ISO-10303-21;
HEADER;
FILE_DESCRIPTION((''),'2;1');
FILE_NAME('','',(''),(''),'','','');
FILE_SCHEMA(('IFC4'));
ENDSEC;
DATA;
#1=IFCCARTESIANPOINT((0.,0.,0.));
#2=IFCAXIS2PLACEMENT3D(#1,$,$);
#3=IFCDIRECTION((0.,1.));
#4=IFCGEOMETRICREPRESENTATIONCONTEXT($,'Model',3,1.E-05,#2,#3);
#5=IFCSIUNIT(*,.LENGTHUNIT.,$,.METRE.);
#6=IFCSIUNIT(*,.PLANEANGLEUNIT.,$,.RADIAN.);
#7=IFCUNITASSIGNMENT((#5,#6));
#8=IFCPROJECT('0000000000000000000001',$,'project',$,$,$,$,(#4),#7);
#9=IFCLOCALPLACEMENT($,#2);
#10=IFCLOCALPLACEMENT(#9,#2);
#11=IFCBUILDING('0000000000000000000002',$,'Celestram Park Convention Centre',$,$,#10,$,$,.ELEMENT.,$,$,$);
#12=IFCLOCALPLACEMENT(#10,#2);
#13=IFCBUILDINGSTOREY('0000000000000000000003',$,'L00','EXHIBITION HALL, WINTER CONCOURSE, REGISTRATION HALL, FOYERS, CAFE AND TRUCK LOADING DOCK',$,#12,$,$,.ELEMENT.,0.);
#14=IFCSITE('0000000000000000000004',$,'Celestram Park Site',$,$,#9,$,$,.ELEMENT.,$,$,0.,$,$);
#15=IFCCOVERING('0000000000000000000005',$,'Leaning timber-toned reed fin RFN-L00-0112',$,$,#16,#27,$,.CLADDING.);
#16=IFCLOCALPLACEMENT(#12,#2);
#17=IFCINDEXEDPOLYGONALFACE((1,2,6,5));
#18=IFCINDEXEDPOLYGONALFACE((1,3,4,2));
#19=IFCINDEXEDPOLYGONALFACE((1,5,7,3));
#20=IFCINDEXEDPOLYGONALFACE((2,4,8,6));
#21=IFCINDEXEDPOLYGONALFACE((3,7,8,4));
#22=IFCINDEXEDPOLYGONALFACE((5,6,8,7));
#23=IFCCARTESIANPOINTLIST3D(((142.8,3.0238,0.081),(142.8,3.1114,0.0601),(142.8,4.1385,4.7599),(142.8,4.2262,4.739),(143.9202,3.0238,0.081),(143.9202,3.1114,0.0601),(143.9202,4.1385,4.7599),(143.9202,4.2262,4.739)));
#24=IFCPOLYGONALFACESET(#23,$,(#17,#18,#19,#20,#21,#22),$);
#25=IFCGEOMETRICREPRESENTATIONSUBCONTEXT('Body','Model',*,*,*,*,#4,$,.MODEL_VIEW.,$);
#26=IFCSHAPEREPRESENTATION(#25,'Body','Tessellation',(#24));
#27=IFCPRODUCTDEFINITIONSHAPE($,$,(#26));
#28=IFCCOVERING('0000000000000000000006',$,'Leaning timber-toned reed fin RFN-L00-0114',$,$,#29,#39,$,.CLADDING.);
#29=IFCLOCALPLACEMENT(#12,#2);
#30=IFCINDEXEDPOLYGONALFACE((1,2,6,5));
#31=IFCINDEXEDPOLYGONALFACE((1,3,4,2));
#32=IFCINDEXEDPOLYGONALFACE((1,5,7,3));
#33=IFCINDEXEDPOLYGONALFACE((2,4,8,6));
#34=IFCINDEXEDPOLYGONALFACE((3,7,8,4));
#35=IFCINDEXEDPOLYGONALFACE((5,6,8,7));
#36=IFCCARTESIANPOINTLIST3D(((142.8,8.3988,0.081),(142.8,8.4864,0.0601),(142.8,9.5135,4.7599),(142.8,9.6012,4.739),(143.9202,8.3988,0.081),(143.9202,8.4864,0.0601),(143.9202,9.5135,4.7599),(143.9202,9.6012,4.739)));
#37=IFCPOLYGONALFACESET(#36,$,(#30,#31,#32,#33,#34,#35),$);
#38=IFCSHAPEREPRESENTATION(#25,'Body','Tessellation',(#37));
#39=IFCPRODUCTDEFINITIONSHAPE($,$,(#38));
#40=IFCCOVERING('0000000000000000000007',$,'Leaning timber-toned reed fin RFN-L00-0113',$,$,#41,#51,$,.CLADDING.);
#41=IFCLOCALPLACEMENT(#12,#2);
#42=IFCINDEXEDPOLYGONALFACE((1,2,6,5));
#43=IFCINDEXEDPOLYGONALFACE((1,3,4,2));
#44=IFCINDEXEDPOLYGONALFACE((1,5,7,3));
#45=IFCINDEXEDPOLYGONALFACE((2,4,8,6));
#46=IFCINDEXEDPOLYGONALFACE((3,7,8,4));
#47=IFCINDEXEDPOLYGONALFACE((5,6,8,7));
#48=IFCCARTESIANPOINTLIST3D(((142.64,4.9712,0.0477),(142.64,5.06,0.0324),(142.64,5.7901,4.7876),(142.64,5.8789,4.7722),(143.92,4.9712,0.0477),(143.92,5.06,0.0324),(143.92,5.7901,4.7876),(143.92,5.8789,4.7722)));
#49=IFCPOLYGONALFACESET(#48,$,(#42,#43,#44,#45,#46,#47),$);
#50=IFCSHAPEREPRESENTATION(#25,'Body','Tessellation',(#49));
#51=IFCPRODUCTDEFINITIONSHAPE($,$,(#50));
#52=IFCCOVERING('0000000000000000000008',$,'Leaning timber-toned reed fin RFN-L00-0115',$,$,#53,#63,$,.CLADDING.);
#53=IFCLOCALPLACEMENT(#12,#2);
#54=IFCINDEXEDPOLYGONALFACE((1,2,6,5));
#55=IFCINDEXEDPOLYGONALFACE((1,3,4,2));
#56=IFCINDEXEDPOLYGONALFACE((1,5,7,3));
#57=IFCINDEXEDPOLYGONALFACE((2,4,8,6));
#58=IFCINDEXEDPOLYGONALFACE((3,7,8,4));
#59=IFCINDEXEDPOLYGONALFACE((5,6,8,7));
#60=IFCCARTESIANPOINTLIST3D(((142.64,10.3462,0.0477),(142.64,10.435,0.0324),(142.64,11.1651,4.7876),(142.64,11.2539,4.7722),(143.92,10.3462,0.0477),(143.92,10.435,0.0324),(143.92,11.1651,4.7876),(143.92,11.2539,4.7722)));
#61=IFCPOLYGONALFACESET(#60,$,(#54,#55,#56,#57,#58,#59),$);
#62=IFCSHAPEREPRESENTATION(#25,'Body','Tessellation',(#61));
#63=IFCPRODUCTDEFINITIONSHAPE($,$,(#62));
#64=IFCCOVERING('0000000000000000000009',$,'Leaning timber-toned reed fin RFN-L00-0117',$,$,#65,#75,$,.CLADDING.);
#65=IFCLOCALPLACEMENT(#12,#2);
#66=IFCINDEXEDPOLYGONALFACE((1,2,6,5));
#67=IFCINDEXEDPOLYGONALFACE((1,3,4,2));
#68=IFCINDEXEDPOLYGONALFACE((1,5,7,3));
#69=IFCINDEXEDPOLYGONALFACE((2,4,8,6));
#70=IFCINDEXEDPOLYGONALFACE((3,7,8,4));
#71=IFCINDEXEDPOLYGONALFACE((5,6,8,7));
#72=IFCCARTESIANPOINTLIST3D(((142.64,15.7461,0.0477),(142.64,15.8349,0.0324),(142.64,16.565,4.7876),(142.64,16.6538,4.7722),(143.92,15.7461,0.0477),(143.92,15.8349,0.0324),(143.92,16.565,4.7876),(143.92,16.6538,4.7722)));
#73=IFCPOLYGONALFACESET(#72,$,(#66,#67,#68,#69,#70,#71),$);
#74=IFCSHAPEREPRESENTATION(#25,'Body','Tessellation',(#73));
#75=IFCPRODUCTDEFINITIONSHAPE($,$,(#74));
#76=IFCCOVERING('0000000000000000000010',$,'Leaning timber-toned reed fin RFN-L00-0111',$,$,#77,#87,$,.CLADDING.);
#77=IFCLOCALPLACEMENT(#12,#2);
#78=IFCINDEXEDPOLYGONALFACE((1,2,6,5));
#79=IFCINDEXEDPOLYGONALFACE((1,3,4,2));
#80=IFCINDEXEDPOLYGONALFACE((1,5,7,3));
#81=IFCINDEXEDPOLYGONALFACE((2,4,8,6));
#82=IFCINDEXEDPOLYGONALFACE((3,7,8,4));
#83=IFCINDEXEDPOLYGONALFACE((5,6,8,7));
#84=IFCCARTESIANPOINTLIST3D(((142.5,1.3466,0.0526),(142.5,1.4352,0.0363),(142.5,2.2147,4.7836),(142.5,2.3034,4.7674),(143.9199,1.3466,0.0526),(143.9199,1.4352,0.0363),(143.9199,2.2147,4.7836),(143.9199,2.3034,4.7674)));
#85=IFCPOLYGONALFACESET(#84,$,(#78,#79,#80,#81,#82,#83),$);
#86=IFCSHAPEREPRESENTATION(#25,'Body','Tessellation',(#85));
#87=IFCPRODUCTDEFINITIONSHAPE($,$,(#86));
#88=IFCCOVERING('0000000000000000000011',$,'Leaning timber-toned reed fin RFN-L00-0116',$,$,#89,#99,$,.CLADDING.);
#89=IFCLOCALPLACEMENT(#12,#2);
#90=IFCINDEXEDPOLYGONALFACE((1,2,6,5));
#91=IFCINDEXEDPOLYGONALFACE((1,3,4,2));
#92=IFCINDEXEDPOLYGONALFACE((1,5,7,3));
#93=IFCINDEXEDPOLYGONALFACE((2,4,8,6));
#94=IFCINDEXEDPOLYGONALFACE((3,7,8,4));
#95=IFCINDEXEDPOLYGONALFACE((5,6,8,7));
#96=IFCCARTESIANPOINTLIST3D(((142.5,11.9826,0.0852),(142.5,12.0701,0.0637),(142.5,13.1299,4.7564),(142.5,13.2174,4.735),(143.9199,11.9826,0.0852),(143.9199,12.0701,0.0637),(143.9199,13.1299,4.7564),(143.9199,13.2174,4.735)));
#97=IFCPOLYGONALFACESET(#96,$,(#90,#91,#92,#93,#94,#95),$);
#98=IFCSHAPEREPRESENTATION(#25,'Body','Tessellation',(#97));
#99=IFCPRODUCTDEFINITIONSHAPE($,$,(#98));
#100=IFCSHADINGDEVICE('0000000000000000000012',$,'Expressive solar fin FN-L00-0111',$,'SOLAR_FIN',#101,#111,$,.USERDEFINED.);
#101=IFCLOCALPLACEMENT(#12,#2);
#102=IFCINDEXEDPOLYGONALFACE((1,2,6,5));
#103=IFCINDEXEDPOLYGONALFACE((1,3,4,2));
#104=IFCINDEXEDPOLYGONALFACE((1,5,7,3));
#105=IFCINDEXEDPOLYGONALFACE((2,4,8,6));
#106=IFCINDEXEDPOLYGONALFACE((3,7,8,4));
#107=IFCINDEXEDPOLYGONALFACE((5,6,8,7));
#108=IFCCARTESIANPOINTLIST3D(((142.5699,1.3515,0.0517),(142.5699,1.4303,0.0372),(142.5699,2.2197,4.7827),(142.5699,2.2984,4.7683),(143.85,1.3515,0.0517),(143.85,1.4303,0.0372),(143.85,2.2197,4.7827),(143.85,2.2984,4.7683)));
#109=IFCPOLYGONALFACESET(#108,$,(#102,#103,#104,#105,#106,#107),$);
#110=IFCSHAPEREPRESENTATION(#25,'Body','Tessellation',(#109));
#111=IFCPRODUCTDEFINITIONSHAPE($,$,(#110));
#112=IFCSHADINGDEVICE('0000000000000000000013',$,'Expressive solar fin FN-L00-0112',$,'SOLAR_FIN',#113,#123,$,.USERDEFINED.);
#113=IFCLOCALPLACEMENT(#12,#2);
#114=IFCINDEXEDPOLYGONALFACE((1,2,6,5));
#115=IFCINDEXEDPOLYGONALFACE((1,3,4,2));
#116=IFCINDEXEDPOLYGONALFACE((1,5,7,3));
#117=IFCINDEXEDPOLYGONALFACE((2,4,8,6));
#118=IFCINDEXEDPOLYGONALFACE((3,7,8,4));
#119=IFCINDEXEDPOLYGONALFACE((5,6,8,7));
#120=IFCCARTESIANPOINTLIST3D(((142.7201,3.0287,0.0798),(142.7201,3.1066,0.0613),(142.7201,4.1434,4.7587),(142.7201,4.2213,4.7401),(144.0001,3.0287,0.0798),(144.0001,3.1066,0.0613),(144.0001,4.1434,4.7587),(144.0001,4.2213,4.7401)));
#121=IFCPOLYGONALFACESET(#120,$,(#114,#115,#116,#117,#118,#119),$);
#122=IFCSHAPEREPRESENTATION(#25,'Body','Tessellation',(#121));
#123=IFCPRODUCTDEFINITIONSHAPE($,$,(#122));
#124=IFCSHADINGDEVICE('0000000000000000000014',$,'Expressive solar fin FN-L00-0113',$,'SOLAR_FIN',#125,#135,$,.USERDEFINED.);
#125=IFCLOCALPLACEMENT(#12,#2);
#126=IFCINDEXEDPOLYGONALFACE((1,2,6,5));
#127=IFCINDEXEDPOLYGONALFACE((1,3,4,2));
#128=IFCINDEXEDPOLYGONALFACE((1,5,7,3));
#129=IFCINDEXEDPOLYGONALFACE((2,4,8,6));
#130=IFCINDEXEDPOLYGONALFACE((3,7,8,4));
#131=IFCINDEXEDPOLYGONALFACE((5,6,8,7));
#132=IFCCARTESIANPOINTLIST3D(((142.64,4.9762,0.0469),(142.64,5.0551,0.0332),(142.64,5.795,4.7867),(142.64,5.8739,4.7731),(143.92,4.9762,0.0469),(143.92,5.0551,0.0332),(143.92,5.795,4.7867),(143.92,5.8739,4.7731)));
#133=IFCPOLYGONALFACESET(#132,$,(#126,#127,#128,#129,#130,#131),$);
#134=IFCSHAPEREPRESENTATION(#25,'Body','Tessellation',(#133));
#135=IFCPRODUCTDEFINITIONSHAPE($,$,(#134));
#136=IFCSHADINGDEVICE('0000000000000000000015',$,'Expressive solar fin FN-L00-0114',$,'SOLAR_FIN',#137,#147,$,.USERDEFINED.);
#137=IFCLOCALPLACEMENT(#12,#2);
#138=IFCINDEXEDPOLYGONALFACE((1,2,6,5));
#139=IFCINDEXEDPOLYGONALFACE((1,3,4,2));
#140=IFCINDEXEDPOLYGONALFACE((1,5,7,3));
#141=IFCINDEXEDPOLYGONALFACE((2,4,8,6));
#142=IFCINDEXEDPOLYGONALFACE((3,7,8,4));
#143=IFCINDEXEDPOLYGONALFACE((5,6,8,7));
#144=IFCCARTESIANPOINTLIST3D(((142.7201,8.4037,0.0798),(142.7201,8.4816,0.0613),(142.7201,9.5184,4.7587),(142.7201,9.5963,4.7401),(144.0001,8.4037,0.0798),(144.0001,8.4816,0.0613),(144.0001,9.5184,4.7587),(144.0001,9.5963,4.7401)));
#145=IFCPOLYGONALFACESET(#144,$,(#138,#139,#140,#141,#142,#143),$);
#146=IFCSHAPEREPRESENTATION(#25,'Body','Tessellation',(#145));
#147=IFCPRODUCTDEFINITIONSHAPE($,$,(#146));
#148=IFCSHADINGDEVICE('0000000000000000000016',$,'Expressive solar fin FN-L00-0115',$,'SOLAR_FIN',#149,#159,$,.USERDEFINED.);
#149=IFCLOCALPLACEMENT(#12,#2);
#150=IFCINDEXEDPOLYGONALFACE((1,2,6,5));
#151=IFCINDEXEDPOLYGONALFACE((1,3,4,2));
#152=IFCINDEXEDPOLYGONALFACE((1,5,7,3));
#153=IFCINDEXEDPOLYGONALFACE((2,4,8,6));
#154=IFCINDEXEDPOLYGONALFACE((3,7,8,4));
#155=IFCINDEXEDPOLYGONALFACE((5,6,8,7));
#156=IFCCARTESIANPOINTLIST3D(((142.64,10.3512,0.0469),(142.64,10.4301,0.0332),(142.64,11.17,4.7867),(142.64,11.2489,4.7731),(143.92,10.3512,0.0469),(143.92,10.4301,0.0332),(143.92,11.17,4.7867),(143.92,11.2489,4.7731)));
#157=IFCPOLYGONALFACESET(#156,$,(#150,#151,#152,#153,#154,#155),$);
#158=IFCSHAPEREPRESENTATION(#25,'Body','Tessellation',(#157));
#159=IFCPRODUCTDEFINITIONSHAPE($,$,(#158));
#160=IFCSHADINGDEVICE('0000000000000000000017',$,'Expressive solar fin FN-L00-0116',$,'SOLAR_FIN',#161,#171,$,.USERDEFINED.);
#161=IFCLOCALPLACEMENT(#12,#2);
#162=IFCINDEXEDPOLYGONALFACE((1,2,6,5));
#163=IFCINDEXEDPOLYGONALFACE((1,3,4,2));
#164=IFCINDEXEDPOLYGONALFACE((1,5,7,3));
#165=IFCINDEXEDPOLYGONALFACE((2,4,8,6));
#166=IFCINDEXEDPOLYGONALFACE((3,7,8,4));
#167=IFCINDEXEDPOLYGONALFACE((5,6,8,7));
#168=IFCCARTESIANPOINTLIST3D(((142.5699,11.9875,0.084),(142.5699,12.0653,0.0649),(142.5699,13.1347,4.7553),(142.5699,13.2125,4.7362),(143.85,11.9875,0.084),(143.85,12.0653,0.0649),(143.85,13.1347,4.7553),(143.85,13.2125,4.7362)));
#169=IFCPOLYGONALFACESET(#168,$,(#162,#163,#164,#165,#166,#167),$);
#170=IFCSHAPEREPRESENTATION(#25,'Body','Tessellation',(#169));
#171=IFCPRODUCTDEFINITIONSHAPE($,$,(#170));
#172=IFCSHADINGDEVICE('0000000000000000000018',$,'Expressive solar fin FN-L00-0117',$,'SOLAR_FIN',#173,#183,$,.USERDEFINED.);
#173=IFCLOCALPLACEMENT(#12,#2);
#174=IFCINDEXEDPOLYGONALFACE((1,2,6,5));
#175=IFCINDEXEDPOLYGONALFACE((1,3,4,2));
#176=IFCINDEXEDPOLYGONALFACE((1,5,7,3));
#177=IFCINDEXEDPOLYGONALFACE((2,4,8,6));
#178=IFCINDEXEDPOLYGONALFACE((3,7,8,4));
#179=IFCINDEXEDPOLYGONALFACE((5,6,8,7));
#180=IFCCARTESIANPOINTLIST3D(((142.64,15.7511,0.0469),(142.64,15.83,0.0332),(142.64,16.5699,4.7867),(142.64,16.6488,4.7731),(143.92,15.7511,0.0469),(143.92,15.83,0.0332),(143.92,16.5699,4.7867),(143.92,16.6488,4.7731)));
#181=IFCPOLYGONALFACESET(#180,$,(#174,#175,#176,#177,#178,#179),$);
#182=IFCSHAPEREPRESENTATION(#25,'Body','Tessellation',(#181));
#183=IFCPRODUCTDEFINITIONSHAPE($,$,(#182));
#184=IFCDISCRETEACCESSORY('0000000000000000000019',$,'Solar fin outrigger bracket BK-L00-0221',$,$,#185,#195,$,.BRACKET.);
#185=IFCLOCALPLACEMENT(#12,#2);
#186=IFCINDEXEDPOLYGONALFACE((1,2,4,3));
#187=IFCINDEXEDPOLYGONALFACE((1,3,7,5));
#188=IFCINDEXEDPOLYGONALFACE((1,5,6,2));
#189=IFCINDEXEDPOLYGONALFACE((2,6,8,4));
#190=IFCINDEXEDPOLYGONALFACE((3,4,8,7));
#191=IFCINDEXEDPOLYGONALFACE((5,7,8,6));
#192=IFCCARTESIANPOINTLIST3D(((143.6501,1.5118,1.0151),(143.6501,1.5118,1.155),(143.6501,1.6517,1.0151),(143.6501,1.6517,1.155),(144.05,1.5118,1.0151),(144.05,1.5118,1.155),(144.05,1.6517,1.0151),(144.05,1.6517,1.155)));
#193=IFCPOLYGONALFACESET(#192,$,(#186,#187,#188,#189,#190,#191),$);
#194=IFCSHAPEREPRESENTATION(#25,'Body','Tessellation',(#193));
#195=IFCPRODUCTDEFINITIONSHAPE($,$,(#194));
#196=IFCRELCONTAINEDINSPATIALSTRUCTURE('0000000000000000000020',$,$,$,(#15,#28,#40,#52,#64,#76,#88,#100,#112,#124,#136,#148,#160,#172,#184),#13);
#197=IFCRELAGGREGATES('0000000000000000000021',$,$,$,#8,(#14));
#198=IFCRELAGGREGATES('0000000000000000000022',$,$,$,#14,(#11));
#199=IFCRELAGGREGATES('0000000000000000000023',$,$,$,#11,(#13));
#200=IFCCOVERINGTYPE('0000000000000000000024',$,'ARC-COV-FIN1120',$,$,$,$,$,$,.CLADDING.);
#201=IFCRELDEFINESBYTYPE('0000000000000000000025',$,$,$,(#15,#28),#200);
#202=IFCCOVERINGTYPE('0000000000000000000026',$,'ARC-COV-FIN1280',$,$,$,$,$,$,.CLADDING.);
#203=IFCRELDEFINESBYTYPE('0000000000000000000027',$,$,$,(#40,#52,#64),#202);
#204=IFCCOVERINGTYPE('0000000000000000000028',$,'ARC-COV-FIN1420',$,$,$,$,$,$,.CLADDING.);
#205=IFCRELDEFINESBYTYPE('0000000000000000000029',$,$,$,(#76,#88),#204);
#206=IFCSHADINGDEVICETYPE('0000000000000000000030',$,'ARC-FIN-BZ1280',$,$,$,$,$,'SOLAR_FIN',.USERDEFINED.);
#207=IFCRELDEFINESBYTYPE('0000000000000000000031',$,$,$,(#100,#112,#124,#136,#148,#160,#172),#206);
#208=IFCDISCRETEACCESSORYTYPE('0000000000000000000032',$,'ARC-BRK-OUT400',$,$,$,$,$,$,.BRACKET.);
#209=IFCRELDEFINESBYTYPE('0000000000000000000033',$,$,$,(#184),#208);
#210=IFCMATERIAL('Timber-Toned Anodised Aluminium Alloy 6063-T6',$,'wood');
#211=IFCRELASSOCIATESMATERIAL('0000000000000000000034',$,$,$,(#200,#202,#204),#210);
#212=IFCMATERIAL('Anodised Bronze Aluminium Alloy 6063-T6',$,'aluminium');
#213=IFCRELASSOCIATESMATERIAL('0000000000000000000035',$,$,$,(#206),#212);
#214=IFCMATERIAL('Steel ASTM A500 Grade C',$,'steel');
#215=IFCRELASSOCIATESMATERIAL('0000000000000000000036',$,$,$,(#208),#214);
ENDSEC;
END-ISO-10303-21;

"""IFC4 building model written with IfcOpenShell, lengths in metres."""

from ifc_helpers import new_model, si_unit, direction, frame, origin, origin_2d, place, context, subcontext, project, spatial, rectangle, extrude, material, material_profile, profile_set, type_object, element, save


model = new_model("IFC4")

# Units and contexts
model_context = context("Model", 3, precision=1e-05, world=origin(), true_north=direction((0.0, 1.0)))
body_context = subcontext(model_context, "Body", "Model", "MODEL_VIEW")
ifc_project = project(units=[si_unit("LENGTHUNIT", "METRE"), si_unit("PLANEANGLEUNIT", "RADIAN")], contexts=[model_context])

# Site, building, storey
site_placement = place(None, origin())
site = spatial("IfcSite", under=ifc_project, at=site_placement, Name="Celestram Park Site", CompositionType="ELEMENT", RefElevation=0.0)
building_placement = place(site_placement, origin())
building = spatial("IfcBuilding", under=site, at=building_placement, Name="Celestram Park Convention Centre", CompositionType="ELEMENT")
storey_placement = place(building_placement, origin())
storey = spatial("IfcBuildingStorey", under=building, at=storey_placement, Name="L00", Description="EXHIBITION HALL, WINTER CONCOURSE, REGISTRATION HALL, FOYERS, CAFE AND TRUCK LOADING DOCK", CompositionType="ELEMENT", Elevation=0.0)

# Coverings
ifc_material_1 = material(Name="Timber-Toned Anodised Aluminium Alloy 6063-T6", Category="wood")
ifc_material_profile_1 = material_profile(ifc_material_1, rectangle(XDim=1.1201, YDim=0.0901, at=origin_2d()), Name="REED1120X90")
ifc_profile_set_1 = profile_set([ifc_material_profile_1], Name="Timber-Toned Anodised Aluminium Alloy 6063-T6")
covering_type_1 = type_object("IfcCoveringType", Name="ARC-COV-FIN1120", PredefinedType="CLADDING", material=ifc_profile_set_1)
for number, where, z_axis, x_axis, name in (
    (1, (143.3601, 3.0676, 0.0706), (0.0, 0.23176, 0.972773), (-1.0, 0.0, 0.0), "Leaning timber-toned reed fin RFN-L00-0112"),
    (2, (143.3601, 8.4426, 0.0706), (0.0, 0.23176, 0.972773), (-1.0, 0.0, 0.0), "Leaning timber-toned reed fin RFN-L00-0114"),
):
    element("IfcCovering", number, at=place(storey_placement, frame(where, z_axis=z_axis, x_axis=x_axis)), inside=storey, type_object=covering_type_1, Name=name, PredefinedType="CLADDING", context=body_context, shape_type="SweptSolid", body=[
        extrude(rectangle(XDim=1.1201, YDim=0.0901, at=origin_2d()), origin(), (0.0, 0.0, 1.0), 4.8098),
    ])
ifc_material_profile_2 = material_profile(ifc_material_1, rectangle(XDim=1.28, YDim=0.0901, at=origin_2d()), Name="REED1280X90")
ifc_profile_set_2 = profile_set([ifc_material_profile_2], Name="Timber-Toned Anodised Aluminium Alloy 6063-T6")
covering_type_2 = type_object("IfcCoveringType", Name="ARC-COV-FIN1280", PredefinedType="CLADDING", material=ifc_profile_set_2)
for number, where, z_axis, x_axis, name in (
    (3, (143.28, 5.0156, 0.04), (0.0, 0.17024, 0.985403), (-1.0, 0.0, 0.0), "Leaning timber-toned reed fin RFN-L00-0113"),
    (4, (143.28, 10.3906, 0.04), (0.0, 0.17024, 0.985403), (-1.0, 0.0, 0.0), "Leaning timber-toned reed fin RFN-L00-0115"),
    (5, (143.28, 15.7905, 0.04), (0.0, 0.17024, 0.985403), (-1.0, 0.0, 0.0), "Leaning timber-toned reed fin RFN-L00-0117"),
):
    element("IfcCovering", number, at=place(storey_placement, frame(where, z_axis=z_axis, x_axis=x_axis)), inside=storey, type_object=covering_type_2, Name=name, PredefinedType="CLADDING", context=body_context, shape_type="SweptSolid", body=[
        extrude(rectangle(XDim=1.28, YDim=0.0901, at=origin_2d()), origin(), (0.0, 0.0, 1.0), 4.8101),
    ])
ifc_material_profile_3 = material_profile(ifc_material_1, rectangle(XDim=1.4199, YDim=0.0901, at=origin_2d()), Name="REED1420X90")
ifc_profile_set_3 = profile_set([ifc_material_profile_3], Name="Timber-Toned Anodised Aluminium Alloy 6063-T6")
covering_type_3 = type_object("IfcCoveringType", Name="ARC-COV-FIN1420", PredefinedType="CLADDING", material=ifc_profile_set_3)
for number, where, z_axis, x_axis, name in (
    (6, (143.21, 1.3909, 0.0444), (0.0, 0.180493, 0.983576), (-1.0, 0.0, 0.0), "Leaning timber-toned reed fin RFN-L00-0111"),
    (7, (143.21, 12.0264, 0.0745), (0.0, 0.238509, 0.97114), (-1.0, 0.0, 0.0), "Leaning timber-toned reed fin RFN-L00-0116"),
):
    element("IfcCovering", number, at=place(storey_placement, frame(where, z_axis=z_axis, x_axis=x_axis)), inside=storey, type_object=covering_type_3, Name=name, PredefinedType="CLADDING", context=body_context, shape_type="SweptSolid", body=[
        extrude(rectangle(XDim=1.4199, YDim=0.0901, at=origin_2d()), origin(), (0.0, 0.0, 1.0), 4.8101),
    ])

# Shading devices
ifc_material_2 = material(Name="Anodised Bronze Aluminium Alloy 6063-T6", Category="aluminium")
ifc_material_profile_4 = material_profile(ifc_material_2, rectangle(XDim=1.28, YDim=0.0801, at=origin_2d()), Name="FIN1280X80")
ifc_profile_set_4 = profile_set([ifc_material_profile_4], Name="Anodised Bronze Aluminium Alloy 6063-T6")
shading_device_type = type_object("IfcShadingDeviceType", Name="ARC-FIN-BZ1280", ElementType="SOLAR_FIN", PredefinedType="USERDEFINED", material=ifc_profile_set_4)
shading_device_1_placement = place(storey_placement, frame((143.21, 1.3909, 0.0444), z_axis=(0.0, 0.180493, 0.983576), x_axis=(-1.0, 0.0, 0.0)))
element("IfcShadingDevice", 8, at=shading_device_1_placement, inside=storey, type_object=shading_device_type, Name="Expressive solar fin FN-L00-0111", ObjectType="SOLAR_FIN", PredefinedType="USERDEFINED", context=body_context, shape_type="SweptSolid", body=[
    extrude(rectangle(XDim=1.28, YDim=0.0801, at=origin_2d()), origin(), (0.0, 0.0, 1.0), 4.8101),
])
shading_device_2_placement = place(storey_placement, frame((143.3601, 3.0676, 0.0706), z_axis=(0.0, 0.23176, 0.972773), x_axis=(-1.0, 0.0, 0.0)))
element("IfcShadingDevice", 9, at=shading_device_2_placement, inside=storey, type_object=shading_device_type, Name="Expressive solar fin FN-L00-0112", ObjectType="SOLAR_FIN", PredefinedType="USERDEFINED", context=body_context, shape_type="SweptSolid", body=[
    extrude(rectangle(XDim=1.28, YDim=0.0801, at=origin_2d()), origin(), (0.0, 0.0, 1.0), 4.8098),
])
shading_device_3_placement = place(storey_placement, frame((143.28, 5.0156, 0.04), z_axis=(0.0, 0.17024, 0.985403), x_axis=(-1.0, 0.0, 0.0)))
element("IfcShadingDevice", 10, at=shading_device_3_placement, inside=storey, type_object=shading_device_type, Name="Expressive solar fin FN-L00-0113", ObjectType="SOLAR_FIN", PredefinedType="USERDEFINED", context=body_context, shape_type="SweptSolid", body=[
    extrude(rectangle(XDim=1.28, YDim=0.0801, at=origin_2d()), origin(), (0.0, 0.0, 1.0), 4.8101),
])
shading_device_4_placement = place(storey_placement, frame((143.3601, 8.4426, 0.0706), z_axis=(0.0, 0.23176, 0.972773), x_axis=(-1.0, 0.0, 0.0)))
element("IfcShadingDevice", 11, at=shading_device_4_placement, inside=storey, type_object=shading_device_type, Name="Expressive solar fin FN-L00-0114", ObjectType="SOLAR_FIN", PredefinedType="USERDEFINED", context=body_context, shape_type="SweptSolid", body=[
    extrude(rectangle(XDim=1.28, YDim=0.0801, at=origin_2d()), origin(), (0.0, 0.0, 1.0), 4.8098),
])
for number, where, z_axis, x_axis, name in (
    (12, (143.28, 10.3906, 0.04), (0.0, 0.17024, 0.985403), (-1.0, 0.0, 0.0), "Expressive solar fin FN-L00-0115"),
    (13, (143.21, 12.0264, 0.0745), (0.0, 0.238509, 0.97114), (-1.0, 0.0, 0.0), "Expressive solar fin FN-L00-0116"),
    (14, (143.28, 15.7905, 0.04), (0.0, 0.17024, 0.985403), (-1.0, 0.0, 0.0), "Expressive solar fin FN-L00-0117"),
):
    element("IfcShadingDevice", number, at=place(storey_placement, frame(where, z_axis=z_axis, x_axis=x_axis)), inside=storey, type_object=shading_device_type, Name=name, ObjectType="SOLAR_FIN", PredefinedType="USERDEFINED", context=body_context, shape_type="SweptSolid", body=[
        extrude(rectangle(XDim=1.28, YDim=0.0801, at=origin_2d()), origin(), (0.0, 0.0, 1.0), 4.8101),
    ])

# Discrete accessory
ifc_material_3 = material(Name="Steel ASTM A500 Grade C", Category="steel")
discrete_accessory_type = type_object("IfcDiscreteAccessoryType", Name="ARC-BRK-OUT400", PredefinedType="BRACKET", material=ifc_material_3)
for number, where, z_axis, x_axis, name in (
    (15, (143.8501, 1.5818, 1.0151), (0.0, 0.0, 1.0), (-1.0, 0.0, 0.0), "Solar fin outrigger bracket BK-L00-0221"),
):
    element("IfcDiscreteAccessory", number, at=place(storey_placement, frame(where, z_axis=z_axis, x_axis=x_axis)), inside=storey, type_object=discrete_accessory_type, Name=name, PredefinedType="BRACKET", context=body_context, shape_type="SweptSolid", body=[
        extrude(rectangle(XDim=0.3999, YDim=0.1399, at=origin_2d()), origin(), (0.0, 0.0, 1.0), 0.1399),
    ])

save(model, "model.ifc")
